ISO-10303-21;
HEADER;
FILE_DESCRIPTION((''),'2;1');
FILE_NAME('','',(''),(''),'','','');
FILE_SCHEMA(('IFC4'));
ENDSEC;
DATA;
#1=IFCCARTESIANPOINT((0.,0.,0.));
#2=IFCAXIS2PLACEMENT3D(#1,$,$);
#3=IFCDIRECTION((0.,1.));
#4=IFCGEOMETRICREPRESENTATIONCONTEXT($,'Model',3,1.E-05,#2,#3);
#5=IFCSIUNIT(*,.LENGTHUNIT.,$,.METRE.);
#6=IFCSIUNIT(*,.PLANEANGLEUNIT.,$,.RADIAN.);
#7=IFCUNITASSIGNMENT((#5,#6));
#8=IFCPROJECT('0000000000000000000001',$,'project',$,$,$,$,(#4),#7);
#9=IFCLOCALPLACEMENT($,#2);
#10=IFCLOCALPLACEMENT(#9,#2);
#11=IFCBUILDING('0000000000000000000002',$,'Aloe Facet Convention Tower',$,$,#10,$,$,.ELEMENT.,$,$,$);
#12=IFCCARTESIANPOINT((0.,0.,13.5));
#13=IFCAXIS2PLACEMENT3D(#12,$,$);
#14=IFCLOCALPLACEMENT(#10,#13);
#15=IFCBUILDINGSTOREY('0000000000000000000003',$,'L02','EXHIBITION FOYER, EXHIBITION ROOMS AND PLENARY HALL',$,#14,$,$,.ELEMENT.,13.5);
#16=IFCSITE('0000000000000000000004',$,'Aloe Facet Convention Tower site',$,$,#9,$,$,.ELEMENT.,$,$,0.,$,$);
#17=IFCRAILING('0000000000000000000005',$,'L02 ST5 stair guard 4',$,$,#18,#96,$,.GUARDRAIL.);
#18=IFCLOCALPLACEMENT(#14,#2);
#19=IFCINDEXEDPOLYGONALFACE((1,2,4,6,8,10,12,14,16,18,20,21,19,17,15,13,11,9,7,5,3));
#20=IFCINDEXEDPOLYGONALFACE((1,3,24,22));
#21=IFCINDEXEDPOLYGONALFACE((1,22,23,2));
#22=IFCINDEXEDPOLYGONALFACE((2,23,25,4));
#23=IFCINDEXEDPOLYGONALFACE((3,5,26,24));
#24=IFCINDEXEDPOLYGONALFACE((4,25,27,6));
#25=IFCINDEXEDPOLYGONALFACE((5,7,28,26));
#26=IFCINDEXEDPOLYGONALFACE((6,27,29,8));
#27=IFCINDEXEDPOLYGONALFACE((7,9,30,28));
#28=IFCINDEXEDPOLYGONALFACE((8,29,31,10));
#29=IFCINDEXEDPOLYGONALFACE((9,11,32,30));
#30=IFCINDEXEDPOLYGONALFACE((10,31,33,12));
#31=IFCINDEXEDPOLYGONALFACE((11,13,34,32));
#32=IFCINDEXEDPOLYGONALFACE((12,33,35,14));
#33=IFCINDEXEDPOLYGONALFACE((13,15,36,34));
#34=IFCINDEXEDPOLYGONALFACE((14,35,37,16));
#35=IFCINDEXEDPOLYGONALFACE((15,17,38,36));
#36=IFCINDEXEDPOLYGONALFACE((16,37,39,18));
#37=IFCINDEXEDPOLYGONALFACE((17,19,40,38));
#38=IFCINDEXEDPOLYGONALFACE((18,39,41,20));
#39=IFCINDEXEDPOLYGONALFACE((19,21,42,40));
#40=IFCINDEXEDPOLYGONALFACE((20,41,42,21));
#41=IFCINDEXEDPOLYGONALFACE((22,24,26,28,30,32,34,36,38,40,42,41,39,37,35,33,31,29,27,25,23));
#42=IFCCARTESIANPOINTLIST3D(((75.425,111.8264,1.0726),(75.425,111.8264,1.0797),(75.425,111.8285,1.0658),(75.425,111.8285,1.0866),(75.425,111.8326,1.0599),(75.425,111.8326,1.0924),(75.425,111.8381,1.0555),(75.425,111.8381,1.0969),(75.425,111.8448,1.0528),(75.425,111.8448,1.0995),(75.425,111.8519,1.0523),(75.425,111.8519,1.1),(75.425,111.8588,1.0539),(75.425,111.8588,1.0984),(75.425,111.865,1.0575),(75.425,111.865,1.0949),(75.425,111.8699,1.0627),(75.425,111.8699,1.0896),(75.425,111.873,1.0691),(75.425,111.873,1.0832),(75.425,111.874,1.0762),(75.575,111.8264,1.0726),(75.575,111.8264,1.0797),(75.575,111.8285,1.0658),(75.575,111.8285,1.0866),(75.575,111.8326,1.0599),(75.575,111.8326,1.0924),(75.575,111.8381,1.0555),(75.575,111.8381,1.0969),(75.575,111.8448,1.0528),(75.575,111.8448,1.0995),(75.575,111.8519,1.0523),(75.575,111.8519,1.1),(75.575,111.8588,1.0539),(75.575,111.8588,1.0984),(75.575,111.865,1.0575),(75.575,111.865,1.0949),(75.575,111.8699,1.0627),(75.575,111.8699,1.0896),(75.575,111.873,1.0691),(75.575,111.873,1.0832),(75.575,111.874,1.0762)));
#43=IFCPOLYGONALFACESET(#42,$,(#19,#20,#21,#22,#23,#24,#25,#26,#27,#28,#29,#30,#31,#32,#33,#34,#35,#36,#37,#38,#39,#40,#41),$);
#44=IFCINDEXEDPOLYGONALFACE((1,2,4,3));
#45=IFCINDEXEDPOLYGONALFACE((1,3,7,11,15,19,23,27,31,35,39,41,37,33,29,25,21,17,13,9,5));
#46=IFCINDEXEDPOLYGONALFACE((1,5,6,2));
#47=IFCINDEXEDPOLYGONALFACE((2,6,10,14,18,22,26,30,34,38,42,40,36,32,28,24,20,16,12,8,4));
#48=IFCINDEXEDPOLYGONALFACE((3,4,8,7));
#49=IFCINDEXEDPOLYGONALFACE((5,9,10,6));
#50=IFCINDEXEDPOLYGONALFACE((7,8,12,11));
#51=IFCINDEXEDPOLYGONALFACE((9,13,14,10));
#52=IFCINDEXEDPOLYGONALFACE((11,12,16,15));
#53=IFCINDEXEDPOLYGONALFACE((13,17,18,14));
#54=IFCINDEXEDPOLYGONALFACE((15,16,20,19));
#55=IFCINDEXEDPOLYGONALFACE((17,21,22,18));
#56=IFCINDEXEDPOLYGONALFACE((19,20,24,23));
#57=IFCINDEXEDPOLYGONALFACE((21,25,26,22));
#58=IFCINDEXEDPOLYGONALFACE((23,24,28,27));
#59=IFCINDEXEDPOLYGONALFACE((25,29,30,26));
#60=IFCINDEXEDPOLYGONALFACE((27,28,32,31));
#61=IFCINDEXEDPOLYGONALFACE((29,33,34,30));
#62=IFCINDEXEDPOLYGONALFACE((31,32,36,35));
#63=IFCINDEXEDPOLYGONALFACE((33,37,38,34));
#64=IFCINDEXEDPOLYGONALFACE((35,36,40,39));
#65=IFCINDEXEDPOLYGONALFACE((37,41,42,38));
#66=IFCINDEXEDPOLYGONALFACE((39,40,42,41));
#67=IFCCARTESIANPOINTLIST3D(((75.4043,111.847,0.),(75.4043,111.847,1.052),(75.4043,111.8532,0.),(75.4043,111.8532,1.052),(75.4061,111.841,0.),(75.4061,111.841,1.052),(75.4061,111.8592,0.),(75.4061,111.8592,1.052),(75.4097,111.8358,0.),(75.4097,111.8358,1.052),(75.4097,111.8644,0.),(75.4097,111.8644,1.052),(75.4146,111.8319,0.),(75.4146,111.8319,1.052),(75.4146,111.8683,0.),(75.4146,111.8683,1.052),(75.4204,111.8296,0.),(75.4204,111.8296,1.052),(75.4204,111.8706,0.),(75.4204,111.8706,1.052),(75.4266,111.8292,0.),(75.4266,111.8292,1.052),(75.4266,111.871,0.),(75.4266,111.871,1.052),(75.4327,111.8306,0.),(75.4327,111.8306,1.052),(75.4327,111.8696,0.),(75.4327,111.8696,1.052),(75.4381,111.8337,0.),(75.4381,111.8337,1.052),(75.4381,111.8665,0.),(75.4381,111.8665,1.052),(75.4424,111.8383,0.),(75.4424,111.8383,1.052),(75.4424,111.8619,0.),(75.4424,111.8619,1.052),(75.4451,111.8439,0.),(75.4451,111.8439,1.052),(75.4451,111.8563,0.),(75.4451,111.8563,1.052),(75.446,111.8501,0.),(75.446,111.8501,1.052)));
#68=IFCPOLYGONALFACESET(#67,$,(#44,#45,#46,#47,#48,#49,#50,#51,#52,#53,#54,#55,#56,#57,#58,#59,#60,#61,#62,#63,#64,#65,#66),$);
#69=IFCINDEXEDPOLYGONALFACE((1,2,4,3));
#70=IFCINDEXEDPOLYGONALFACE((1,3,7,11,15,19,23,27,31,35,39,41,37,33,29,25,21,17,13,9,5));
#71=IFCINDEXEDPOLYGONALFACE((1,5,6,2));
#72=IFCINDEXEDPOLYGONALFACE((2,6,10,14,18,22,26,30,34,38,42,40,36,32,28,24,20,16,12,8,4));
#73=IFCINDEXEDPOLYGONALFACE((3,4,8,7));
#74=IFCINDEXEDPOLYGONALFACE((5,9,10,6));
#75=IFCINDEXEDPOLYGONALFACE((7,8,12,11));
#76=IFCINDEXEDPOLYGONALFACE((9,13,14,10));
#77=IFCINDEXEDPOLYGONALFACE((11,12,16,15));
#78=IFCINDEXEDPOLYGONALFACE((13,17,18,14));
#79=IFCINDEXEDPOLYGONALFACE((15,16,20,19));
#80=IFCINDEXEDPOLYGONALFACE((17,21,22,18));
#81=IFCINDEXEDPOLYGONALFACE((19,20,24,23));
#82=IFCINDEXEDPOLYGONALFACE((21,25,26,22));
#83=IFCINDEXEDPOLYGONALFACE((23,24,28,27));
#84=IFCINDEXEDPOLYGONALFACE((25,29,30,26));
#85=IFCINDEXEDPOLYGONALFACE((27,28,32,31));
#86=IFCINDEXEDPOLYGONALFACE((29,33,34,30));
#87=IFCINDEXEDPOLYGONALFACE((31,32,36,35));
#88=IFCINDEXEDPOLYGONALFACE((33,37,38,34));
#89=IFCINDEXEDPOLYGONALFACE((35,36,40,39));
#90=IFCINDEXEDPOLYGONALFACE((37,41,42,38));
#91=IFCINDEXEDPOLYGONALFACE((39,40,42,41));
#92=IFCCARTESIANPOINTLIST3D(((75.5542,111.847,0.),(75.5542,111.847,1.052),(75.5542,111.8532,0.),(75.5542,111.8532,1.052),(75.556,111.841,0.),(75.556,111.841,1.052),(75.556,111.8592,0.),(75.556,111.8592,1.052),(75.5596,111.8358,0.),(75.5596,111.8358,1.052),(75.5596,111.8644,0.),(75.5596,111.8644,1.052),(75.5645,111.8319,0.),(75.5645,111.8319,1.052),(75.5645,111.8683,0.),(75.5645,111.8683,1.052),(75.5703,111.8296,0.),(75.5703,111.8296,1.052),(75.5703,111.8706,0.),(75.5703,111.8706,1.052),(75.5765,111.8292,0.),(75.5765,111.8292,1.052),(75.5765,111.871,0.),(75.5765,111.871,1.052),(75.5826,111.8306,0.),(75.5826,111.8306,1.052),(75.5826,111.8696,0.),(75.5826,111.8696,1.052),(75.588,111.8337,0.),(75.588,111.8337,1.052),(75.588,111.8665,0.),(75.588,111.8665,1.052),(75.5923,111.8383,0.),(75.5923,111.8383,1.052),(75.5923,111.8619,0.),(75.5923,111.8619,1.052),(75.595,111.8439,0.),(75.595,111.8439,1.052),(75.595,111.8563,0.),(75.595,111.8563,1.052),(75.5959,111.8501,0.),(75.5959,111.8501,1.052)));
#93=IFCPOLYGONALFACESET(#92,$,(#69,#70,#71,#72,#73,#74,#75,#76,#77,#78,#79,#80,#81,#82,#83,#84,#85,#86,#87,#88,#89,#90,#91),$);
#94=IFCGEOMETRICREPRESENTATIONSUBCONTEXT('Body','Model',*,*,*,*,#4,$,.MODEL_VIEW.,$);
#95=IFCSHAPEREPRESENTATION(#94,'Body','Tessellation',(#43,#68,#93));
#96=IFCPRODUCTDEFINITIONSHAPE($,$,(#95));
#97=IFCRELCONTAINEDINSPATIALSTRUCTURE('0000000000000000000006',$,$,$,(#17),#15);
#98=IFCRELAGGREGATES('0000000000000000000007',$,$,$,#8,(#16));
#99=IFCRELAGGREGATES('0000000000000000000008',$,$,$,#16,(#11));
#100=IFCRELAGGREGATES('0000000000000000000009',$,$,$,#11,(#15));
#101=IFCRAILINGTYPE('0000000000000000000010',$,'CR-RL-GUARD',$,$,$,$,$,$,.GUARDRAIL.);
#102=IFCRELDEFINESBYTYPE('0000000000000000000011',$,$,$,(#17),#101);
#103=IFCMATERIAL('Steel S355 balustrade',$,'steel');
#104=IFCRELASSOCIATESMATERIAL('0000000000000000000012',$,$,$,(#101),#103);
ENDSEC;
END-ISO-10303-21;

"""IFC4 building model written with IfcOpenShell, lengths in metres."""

from ifc_helpers import new_model, si_unit, direction, frame, origin, origin_2d, place, context, subcontext, project, spatial, circle, extrude, material, type_object, element, save


model = new_model("IFC4")

# Units and contexts
model_context = context("Model", 3, precision=1e-05, world=origin(), true_north=direction((0.0, 1.0)))
body_context = subcontext(model_context, "Body", "Model", "MODEL_VIEW")
ifc_project = project(units=[si_unit("LENGTHUNIT", "METRE"), si_unit("PLANEANGLEUNIT", "RADIAN")], contexts=[model_context])

# Site, building, storey
site_placement = place(None, origin())
site = spatial("IfcSite", under=ifc_project, at=site_placement, Name="Aloe Facet Convention Tower site", CompositionType="ELEMENT", RefElevation=0.0)
building_placement = place(site_placement, origin())
building = spatial("IfcBuilding", under=site, at=building_placement, Name="Aloe Facet Convention Tower", CompositionType="ELEMENT")
storey_placement = place(building_placement, frame((0.0, 0.0, 13.5)))
storey = spatial("IfcBuildingStorey", under=building, at=storey_placement, Name="L02", Description="EXHIBITION FOYER, EXHIBITION ROOMS AND PLENARY HALL", CompositionType="ELEMENT", Elevation=13.5)

# Railing
ifc_material_1 = material(Name="Steel S355 balustrade", Category="steel")
railing_type_1 = type_object("IfcRailingType", Name="CR-RL-GUARD", PredefinedType="GUARDRAIL", material=ifc_material_1)
railing_1_placement = place(storey_placement, frame((75.425, 111.8501, 0.0)))
element("IfcRailing", 1, at=railing_1_placement, inside=storey, type_object=railing_type_1, Name="L02 ST5 stair guard 4", PredefinedType="GUARDRAIL", context=body_context, shape_type="SweptSolid", body=[
    extrude(circle(Radius=0.0239, at=origin_2d()), frame((0.0, 0.0, 1.0762), z_axis=(1.0, 0.0, 0.0), x_axis=(0.0, 1.0, 0.0)), (0.0, 0.0, 1.0), 0.1499),
    extrude(circle(Radius=0.021, at=origin_2d()), origin(), (0.0, 0.0, 1.0), 1.052),
    extrude(circle(Radius=0.021, at=origin_2d()), frame((0.1499, 0.0, 0.0)), (0.0, 0.0, 1.0), 1.052),
])

save(model, "model.ifc")
